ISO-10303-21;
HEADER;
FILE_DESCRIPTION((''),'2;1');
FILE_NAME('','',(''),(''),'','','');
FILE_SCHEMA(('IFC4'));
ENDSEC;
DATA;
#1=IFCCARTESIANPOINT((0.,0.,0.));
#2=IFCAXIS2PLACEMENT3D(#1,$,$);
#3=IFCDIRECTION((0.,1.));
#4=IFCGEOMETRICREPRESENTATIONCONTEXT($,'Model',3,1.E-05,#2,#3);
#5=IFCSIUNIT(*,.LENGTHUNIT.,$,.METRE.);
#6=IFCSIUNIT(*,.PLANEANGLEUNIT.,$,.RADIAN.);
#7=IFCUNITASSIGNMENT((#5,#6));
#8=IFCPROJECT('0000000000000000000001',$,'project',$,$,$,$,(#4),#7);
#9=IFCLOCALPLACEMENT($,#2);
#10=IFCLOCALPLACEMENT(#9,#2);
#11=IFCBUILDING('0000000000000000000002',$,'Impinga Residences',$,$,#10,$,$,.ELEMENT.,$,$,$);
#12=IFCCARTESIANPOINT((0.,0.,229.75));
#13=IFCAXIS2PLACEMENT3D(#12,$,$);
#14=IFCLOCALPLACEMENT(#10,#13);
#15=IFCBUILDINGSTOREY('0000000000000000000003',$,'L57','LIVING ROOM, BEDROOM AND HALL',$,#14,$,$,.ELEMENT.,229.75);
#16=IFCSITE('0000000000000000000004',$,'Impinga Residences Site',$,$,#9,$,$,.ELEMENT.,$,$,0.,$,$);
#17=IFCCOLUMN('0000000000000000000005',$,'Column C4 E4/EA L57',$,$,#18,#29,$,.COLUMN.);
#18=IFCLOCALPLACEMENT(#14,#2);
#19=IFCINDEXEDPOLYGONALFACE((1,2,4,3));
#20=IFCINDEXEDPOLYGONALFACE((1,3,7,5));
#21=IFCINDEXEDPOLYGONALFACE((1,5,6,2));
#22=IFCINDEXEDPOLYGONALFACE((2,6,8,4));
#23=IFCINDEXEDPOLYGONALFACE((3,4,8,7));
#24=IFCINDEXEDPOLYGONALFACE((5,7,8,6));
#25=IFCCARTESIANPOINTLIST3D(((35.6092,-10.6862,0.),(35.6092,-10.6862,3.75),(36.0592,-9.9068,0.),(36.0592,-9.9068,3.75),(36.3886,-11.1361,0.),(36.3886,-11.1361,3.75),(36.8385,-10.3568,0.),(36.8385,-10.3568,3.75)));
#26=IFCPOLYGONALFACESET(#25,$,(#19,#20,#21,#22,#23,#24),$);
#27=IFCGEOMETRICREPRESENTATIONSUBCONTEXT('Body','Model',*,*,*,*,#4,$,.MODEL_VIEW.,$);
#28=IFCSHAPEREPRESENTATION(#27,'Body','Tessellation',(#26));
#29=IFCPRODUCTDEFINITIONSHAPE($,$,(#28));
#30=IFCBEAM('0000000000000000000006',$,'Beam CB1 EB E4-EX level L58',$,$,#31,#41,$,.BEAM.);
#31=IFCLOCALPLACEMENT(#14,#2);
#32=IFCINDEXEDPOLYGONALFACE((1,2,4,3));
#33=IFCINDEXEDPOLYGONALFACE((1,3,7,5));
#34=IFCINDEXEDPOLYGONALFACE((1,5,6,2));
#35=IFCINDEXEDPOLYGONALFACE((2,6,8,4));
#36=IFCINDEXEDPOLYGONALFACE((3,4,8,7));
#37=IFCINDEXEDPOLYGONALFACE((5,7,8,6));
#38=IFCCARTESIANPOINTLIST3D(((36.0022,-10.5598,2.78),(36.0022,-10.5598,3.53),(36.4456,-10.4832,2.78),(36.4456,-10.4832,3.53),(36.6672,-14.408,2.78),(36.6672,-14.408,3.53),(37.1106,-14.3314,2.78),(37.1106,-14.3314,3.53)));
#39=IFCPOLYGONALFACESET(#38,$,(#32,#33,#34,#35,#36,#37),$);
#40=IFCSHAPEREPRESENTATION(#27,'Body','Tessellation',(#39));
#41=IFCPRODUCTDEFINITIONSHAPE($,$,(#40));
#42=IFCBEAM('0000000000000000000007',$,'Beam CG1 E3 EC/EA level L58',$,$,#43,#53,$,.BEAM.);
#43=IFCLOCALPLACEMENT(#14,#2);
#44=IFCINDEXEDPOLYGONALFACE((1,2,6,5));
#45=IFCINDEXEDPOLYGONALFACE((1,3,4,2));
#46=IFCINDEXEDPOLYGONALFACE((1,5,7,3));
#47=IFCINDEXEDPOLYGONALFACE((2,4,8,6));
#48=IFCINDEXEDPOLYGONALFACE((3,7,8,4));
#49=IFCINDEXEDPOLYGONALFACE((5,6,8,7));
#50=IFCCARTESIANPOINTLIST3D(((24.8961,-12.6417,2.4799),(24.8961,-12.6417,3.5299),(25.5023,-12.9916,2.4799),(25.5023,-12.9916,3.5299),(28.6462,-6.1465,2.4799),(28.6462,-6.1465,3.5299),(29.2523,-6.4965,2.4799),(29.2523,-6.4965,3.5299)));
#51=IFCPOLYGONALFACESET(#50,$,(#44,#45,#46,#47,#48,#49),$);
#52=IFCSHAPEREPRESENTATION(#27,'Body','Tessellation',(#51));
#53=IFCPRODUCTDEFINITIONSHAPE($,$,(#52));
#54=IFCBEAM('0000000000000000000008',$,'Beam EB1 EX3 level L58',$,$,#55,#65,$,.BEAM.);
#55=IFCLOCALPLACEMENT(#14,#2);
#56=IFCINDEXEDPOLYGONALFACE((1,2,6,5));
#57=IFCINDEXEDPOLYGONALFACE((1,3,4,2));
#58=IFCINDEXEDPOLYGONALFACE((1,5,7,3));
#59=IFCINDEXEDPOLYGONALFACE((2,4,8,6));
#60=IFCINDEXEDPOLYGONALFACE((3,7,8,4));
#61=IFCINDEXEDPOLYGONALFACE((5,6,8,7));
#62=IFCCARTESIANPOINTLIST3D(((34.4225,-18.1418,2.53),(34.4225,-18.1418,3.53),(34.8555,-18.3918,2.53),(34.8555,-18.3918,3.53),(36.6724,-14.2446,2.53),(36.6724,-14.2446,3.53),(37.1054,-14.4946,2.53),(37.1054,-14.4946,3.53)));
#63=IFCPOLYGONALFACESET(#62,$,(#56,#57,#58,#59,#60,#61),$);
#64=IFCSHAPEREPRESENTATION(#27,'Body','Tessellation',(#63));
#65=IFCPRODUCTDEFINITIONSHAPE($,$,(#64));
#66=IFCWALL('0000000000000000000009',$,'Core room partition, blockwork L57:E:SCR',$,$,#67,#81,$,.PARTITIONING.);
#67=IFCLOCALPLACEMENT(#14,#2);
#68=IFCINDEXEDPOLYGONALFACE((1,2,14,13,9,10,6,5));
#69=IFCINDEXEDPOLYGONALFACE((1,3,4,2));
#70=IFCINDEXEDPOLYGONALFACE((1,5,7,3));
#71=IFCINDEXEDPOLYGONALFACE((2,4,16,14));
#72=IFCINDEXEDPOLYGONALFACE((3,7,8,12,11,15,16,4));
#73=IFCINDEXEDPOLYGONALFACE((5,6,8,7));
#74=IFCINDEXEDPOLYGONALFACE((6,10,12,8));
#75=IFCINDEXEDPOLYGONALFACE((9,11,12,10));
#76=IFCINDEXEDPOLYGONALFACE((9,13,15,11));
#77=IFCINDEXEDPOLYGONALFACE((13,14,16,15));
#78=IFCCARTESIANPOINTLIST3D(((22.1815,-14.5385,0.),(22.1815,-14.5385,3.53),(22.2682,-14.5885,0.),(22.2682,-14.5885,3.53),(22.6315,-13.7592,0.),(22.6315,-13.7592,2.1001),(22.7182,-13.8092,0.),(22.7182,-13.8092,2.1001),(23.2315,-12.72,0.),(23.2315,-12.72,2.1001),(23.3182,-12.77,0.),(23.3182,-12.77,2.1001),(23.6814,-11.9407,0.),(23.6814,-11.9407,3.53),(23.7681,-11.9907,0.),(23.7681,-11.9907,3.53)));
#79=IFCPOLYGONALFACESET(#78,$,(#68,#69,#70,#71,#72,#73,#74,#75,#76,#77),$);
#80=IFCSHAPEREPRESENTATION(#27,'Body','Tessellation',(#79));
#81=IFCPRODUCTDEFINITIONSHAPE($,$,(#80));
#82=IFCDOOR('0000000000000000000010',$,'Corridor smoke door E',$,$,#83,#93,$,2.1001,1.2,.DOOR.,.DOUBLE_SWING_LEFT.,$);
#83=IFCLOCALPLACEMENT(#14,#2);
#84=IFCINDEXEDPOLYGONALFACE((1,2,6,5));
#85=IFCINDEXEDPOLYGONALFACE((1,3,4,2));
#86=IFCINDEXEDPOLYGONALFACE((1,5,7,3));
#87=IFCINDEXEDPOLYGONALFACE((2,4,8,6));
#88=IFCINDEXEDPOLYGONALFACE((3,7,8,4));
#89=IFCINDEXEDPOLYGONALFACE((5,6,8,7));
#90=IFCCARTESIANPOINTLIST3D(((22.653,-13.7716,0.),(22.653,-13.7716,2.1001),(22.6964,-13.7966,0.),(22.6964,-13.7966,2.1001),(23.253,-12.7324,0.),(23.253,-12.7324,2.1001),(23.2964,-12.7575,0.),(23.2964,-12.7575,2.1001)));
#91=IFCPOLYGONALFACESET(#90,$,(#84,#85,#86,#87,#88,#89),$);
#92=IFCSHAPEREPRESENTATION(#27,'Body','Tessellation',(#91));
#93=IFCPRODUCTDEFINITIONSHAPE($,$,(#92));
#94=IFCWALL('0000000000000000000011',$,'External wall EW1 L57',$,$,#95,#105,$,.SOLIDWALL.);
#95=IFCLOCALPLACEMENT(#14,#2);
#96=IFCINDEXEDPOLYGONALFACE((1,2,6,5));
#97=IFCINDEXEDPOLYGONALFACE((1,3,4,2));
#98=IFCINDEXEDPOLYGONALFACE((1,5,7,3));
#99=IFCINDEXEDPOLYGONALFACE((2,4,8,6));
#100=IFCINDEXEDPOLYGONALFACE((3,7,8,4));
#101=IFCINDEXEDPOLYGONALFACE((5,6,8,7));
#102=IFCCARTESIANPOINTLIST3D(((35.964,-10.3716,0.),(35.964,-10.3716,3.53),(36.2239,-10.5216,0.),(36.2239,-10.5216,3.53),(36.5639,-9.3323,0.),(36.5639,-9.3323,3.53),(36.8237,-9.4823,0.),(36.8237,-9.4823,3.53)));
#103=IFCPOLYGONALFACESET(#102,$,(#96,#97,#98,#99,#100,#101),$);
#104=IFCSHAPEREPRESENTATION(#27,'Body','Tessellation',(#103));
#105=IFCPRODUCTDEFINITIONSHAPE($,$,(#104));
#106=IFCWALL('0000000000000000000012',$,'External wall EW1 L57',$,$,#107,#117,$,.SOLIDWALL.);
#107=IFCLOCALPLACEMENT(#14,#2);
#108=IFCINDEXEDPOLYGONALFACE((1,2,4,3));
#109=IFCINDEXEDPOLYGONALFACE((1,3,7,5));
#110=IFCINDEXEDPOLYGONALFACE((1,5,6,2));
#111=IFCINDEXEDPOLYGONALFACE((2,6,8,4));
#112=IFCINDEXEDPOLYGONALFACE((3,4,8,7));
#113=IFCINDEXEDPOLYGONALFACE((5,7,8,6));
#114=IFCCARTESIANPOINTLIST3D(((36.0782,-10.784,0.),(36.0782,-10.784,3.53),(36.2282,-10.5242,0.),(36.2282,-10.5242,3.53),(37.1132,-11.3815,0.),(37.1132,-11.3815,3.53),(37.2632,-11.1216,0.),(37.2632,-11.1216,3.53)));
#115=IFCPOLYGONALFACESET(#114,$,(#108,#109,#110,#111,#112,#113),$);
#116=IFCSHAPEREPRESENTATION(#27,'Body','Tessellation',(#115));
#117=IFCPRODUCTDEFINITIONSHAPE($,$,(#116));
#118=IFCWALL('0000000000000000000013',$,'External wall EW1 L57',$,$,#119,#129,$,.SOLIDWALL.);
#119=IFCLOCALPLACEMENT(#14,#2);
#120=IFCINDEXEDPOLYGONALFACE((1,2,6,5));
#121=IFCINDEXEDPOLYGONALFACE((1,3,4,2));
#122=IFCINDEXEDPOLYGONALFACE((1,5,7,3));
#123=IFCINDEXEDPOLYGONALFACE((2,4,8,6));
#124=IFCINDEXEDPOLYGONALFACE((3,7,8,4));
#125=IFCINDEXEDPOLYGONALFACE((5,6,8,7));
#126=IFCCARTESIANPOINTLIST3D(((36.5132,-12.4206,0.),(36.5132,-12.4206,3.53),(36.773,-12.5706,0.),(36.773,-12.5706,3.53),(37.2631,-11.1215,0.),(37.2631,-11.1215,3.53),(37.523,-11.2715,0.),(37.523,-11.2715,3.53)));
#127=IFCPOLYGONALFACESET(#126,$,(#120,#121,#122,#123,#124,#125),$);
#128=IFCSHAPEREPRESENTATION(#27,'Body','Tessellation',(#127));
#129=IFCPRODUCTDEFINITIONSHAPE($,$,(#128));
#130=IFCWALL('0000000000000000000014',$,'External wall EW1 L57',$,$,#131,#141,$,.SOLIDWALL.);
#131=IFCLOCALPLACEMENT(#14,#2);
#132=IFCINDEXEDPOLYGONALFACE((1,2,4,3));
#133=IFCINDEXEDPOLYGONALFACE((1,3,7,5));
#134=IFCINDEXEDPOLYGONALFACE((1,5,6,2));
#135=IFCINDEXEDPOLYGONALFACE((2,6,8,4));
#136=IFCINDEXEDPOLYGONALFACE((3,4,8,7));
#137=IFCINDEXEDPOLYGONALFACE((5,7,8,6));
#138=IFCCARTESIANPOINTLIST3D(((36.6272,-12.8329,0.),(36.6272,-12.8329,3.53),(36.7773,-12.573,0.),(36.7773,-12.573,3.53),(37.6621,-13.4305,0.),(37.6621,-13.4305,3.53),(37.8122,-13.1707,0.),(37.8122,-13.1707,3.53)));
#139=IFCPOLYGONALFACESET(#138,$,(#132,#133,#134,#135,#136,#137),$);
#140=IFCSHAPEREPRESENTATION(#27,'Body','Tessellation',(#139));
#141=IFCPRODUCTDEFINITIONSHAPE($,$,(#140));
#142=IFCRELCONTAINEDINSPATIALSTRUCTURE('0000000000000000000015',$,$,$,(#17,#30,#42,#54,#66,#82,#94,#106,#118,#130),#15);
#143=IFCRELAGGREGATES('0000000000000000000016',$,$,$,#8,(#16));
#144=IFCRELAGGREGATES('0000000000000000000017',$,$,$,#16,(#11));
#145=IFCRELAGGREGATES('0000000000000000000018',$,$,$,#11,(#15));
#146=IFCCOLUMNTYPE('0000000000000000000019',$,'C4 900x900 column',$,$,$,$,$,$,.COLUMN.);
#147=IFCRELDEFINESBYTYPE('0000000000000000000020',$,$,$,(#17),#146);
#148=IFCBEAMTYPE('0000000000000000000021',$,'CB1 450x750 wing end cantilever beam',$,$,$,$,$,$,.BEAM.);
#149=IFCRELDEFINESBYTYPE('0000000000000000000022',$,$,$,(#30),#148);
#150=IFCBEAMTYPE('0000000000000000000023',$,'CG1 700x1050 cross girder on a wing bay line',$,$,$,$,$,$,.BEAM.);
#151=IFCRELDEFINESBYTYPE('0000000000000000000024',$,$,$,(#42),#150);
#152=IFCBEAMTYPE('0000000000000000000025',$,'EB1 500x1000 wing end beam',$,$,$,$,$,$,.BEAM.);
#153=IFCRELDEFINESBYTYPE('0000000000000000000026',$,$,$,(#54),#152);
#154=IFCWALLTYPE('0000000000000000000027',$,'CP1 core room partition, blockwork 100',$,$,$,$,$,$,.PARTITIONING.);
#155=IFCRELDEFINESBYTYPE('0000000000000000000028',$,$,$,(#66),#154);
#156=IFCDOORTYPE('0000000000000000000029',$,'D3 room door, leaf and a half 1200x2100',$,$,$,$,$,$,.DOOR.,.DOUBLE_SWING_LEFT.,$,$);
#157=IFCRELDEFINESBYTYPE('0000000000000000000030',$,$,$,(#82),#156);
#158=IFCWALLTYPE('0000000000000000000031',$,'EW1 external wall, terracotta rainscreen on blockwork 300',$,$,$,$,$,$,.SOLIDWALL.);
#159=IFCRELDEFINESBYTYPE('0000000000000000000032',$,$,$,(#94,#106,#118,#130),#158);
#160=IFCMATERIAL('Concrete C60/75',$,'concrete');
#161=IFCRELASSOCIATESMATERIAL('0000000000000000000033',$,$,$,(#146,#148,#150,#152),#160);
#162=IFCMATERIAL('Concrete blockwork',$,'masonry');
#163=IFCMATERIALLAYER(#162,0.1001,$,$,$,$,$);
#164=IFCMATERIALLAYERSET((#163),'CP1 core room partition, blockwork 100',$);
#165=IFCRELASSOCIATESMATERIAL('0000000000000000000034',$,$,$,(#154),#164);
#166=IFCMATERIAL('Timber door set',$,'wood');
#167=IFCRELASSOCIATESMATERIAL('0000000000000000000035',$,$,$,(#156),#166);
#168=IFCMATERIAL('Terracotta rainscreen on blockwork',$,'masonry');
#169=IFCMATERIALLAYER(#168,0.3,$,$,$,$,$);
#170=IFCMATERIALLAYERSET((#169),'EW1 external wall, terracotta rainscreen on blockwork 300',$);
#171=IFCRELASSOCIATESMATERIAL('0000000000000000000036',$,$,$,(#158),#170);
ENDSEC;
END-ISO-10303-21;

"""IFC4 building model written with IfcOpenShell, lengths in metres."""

from ifc_helpers import new_model, si_unit, direction, frame, frame_2d, origin, origin_2d, place, context, subcontext, project, spatial, rectangle, extrude, material, layer, layer_set, material_profile, profile_set, type_object, element, fill, save


model = new_model("IFC4")

# Units and contexts
model_context = context("Model", 3, precision=1e-05, world=origin(), true_north=direction((0.0, 1.0)))
body_context = subcontext(model_context, "Body", "Model", "MODEL_VIEW")
ifc_project = project(units=[si_unit("LENGTHUNIT", "METRE"), si_unit("PLANEANGLEUNIT", "RADIAN")], contexts=[model_context])

# Site, building, storey
site_placement = place(None, origin())
site = spatial("IfcSite", under=ifc_project, at=site_placement, Name="Impinga Residences Site", CompositionType="ELEMENT", RefElevation=0.0)
building_placement = place(site_placement, origin())
building = spatial("IfcBuilding", under=site, at=building_placement, Name="Impinga Residences", CompositionType="ELEMENT")
storey_placement = place(building_placement, frame((0.0, 0.0, 229.75)))
storey = spatial("IfcBuildingStorey", under=building, at=storey_placement, Name="L57", Description="LIVING ROOM, BEDROOM AND HALL", CompositionType="ELEMENT", Elevation=229.75)

# Column
ifc_material_1 = material(Name="Concrete C60/75", Category="concrete")
ifc_material_profile_1 = material_profile(ifc_material_1, rectangle(XDim=0.8999, YDim=0.8999, at=origin_2d()), Name="RC 900x900")
ifc_profile_set_1 = profile_set([ifc_material_profile_1], Name="Concrete C60/75")
column_type = type_object("IfcColumnType", Name="C4 900x900 column", PredefinedType="COLUMN", material=ifc_profile_set_1)
column_placement = place(storey_placement, frame((36.2239, -10.5215, 0.0), z_axis=(0.0, 0.0, 1.0), x_axis=(-0.5, -0.866025, 0.0)))
element("IfcColumn", 1, at=column_placement, inside=storey, type_object=column_type, Name="Column C4 E4/EA L57", PredefinedType="COLUMN", context=body_context, shape_type="SweptSolid", body=[
    extrude(rectangle(XDim=0.8999, YDim=0.8999, at=origin_2d()), origin(), (0.0, 0.0, 1.0), 3.75),
])

# Beams
ifc_material_profile_2 = material_profile(ifc_material_1, rectangle(XDim=0.45, YDim=0.75, at=origin_2d()), Name="RC 450x750")
ifc_profile_set_2 = profile_set([ifc_material_profile_2], Name="Concrete C60/75")
beam_type_1 = type_object("IfcBeamType", Name="CB1 450x750 wing end cantilever beam", PredefinedType="BEAM", material=ifc_profile_set_2)
beam_1_placement = place(storey_placement, frame((36.2239, -10.5215, 3.155), z_axis=(0.170296, -0.985393, 0.0), x_axis=(0.985393, 0.170296, 0.0)))
element("IfcBeam", 2, at=beam_1_placement, inside=storey, type_object=beam_type_1, Name="Beam CB1 EB E4-EX level L58", PredefinedType="BEAM", context=body_context, shape_type="SweptSolid", body=[
    extrude(rectangle(XDim=0.45, YDim=0.75, at=origin_2d()), origin(), (0.0, 0.0, 1.0), 3.9053),
])
ifc_material_profile_3 = material_profile(ifc_material_1, rectangle(XDim=0.7, YDim=1.05, at=origin_2d()), Name="RC 700x1050")
ifc_profile_set_3 = profile_set([ifc_material_profile_3], Name="Concrete C60/75")
beam_type_2 = type_object("IfcBeamType", Name="CG1 700x1050 cross girder on a wing bay line", PredefinedType="BEAM", material=ifc_profile_set_3)
beam_2_placement = place(storey_placement, frame((25.1992, -12.8167, 3.0049), z_axis=(0.500004, 0.866023, 0.0), x_axis=(-0.866023, 0.500004, 0.0)))
element("IfcBeam", 3, at=beam_2_placement, inside=storey, type_object=beam_type_2, Name="Beam CG1 E3 EC/EA level L58", PredefinedType="BEAM", context=body_context, shape_type="SweptSolid", body=[
    extrude(rectangle(XDim=0.7, YDim=1.05, at=origin_2d()), origin(), (0.0, 0.0, 1.0), 7.5),
])
ifc_material_profile_4 = material_profile(ifc_material_1, rectangle(XDim=0.5, YDim=1.0, at=origin_2d()), Name="RC 500x1000")
ifc_profile_set_4 = profile_set([ifc_material_profile_4], Name="Concrete C60/75")
beam_type_3 = type_object("IfcBeamType", Name="EB1 500x1000 wing end beam", PredefinedType="BEAM", material=ifc_profile_set_4)
beam_3_placement = place(storey_placement, frame((36.8889, -14.3696, 3.03), z_axis=(-0.49999, -0.866031, 0.0), x_axis=(0.866031, -0.49999, 0.0)))
element("IfcBeam", 4, at=beam_3_placement, inside=storey, type_object=beam_type_3, Name="Beam EB1 EX3 level L58", PredefinedType="BEAM", context=body_context, shape_type="SweptSolid", body=[
    extrude(rectangle(XDim=0.5, YDim=1.0, at=origin_2d()), origin(), (0.0, 0.0, 1.0), 4.5),
])

# Wall, opening, door
ifc_material_2 = material(Name="Concrete blockwork", Category="masonry")
ifc_layer_1 = layer(ifc_material_2, 0.1001)
ifc_layer_set_1 = layer_set([ifc_layer_1], Name="CP1 core room partition, blockwork 100")
wall_type_1 = type_object("IfcWallType", Name="CP1 core room partition, blockwork 100", PredefinedType="PARTITIONING", material=ifc_layer_set_1)
wall_1_placement = place(storey_placement, frame((23.7249, -11.9656, 0.0), z_axis=(0.0, 0.0, 1.0), x_axis=(-0.500025, -0.866011, 0.0)))
wall_1 = element("IfcWall", 5, at=wall_1_placement, inside=storey, type_object=wall_type_1, Name="Core room partition, blockwork L57:E:SCR", PredefinedType="PARTITIONING", context=body_context, shape_type="SweptSolid", body=[
    extrude(rectangle(XDim=2.9998, YDim=0.1001, at=frame_2d((1.5, 0.0))), origin(), (0.0, 0.0, 1.0), 3.53),
])
opening_1_placement = place(wall_1_placement, frame((0.8999, 0.0, 0.0)))
opening_1 = element("IfcOpeningElement", 6, at=opening_1_placement, cuts=wall_1, PredefinedType="OPENING", context=body_context, shape_type="SweptSolid", body=[
    extrude(rectangle(XDim=1.2, YDim=2.1001, at=frame_2d((0.6001, 1.05))), frame((0.0, 0.0601, 0.0), z_axis=(0.0, -1.0, 0.0), x_axis=(1.0, 0.0, 0.0)), (0.0, 0.0, 1.0), 0.1201),
])
ifc_material_3 = material(Name="Timber door set", Category="wood")
door_type_1 = type_object("IfcDoorType", Name="D3 room door, leaf and a half 1200x2100", OperationType="DOUBLE_SWING_LEFT", PredefinedType="DOOR", material=ifc_material_3)
door_1_placement = place(opening_1_placement, origin())
door_1 = element("IfcDoor", 7, at=door_1_placement, inside=storey, type_object=door_type_1, Name="Corridor smoke door E", OperationType="DOUBLE_SWING_LEFT", OverallHeight=2.1001, OverallWidth=1.2, PredefinedType="DOOR", context=body_context, shape_type="SweptSolid", body=[
    extrude(rectangle(XDim=1.2, YDim=2.1001, at=frame_2d((0.6001, 1.05))), frame((0.0, 0.0249, 0.0), z_axis=(0.0, -1.0, 0.0), x_axis=(1.0, 0.0, 0.0)), (0.0, 0.0, 1.0), 0.05),
])
fill(opening_1, door_1)

# Walls
ifc_material_4 = material(Name="Terracotta rainscreen on blockwork", Category="masonry")
ifc_layer_2 = layer(ifc_material_4, 0.3)
ifc_layer_set_2 = layer_set([ifc_layer_2], Name="EW1 external wall, terracotta rainscreen on blockwork 300")
wall_type_2 = type_object("IfcWallType", Name="EW1 external wall, terracotta rainscreen on blockwork 300", PredefinedType="SOLIDWALL", material=ifc_layer_set_2)
wall_2_placement = place(storey_placement, frame((36.6938, -9.4072, 0.0), z_axis=(0.0, 0.0, 1.0), x_axis=(-0.499881, -0.866094, 0.0)))
element("IfcWall", 8, at=wall_2_placement, inside=storey, type_object=wall_type_2, Name="External wall EW1 L57", PredefinedType="SOLIDWALL", context=body_context, shape_type="SweptSolid", body=[
    extrude(rectangle(XDim=1.2, YDim=0.3, at=frame_2d((0.6001, 0.0))), origin(), (0.0, 0.0, 1.0), 3.53),
])
wall_3_placement = place(storey_placement, frame((36.1531, -10.6541, 0.0), z_axis=(0.0, 0.0, 1.0), x_axis=(0.86606, -0.499941, 0.0)))
element("IfcWall", 9, at=wall_3_placement, inside=storey, type_object=wall_type_2, Name="External wall EW1 L57", PredefinedType="SOLIDWALL", context=body_context, shape_type="SweptSolid", body=[
    extrude(rectangle(XDim=1.1951, YDim=0.3, at=frame_2d((0.5977, 0.0))), origin(), (0.0, 0.0, 1.0), 3.53),
])
wall_4_placement = place(storey_placement, frame((37.3931, -11.1965, 0.0), z_axis=(0.0, 0.0, 1.0), x_axis=(-0.49999, -0.866031, 0.0)))
element("IfcWall", 10, at=wall_4_placement, inside=storey, type_object=wall_type_2, Name="External wall EW1 L57", PredefinedType="SOLIDWALL", context=body_context, shape_type="SweptSolid", body=[
    extrude(rectangle(XDim=1.5, YDim=0.3, at=frame_2d((0.75, 0.0))), origin(), (0.0, 0.0, 1.0), 3.53),
])
wall_5_placement = place(storey_placement, frame((36.7021, -12.7029, 0.0), z_axis=(0.0, 0.0, 1.0), x_axis=(0.865971, -0.500094, 0.0)))
element("IfcWall", 11, at=wall_5_placement, inside=storey, type_object=wall_type_2, Name="External wall EW1 L57", PredefinedType="SOLIDWALL", context=body_context, shape_type="SweptSolid", body=[
    extrude(rectangle(XDim=1.1951, YDim=0.3, at=frame_2d((0.5977, 0.0))), origin(), (0.0, 0.0, 1.0), 3.53),
])

save(model, "model.ifc")
